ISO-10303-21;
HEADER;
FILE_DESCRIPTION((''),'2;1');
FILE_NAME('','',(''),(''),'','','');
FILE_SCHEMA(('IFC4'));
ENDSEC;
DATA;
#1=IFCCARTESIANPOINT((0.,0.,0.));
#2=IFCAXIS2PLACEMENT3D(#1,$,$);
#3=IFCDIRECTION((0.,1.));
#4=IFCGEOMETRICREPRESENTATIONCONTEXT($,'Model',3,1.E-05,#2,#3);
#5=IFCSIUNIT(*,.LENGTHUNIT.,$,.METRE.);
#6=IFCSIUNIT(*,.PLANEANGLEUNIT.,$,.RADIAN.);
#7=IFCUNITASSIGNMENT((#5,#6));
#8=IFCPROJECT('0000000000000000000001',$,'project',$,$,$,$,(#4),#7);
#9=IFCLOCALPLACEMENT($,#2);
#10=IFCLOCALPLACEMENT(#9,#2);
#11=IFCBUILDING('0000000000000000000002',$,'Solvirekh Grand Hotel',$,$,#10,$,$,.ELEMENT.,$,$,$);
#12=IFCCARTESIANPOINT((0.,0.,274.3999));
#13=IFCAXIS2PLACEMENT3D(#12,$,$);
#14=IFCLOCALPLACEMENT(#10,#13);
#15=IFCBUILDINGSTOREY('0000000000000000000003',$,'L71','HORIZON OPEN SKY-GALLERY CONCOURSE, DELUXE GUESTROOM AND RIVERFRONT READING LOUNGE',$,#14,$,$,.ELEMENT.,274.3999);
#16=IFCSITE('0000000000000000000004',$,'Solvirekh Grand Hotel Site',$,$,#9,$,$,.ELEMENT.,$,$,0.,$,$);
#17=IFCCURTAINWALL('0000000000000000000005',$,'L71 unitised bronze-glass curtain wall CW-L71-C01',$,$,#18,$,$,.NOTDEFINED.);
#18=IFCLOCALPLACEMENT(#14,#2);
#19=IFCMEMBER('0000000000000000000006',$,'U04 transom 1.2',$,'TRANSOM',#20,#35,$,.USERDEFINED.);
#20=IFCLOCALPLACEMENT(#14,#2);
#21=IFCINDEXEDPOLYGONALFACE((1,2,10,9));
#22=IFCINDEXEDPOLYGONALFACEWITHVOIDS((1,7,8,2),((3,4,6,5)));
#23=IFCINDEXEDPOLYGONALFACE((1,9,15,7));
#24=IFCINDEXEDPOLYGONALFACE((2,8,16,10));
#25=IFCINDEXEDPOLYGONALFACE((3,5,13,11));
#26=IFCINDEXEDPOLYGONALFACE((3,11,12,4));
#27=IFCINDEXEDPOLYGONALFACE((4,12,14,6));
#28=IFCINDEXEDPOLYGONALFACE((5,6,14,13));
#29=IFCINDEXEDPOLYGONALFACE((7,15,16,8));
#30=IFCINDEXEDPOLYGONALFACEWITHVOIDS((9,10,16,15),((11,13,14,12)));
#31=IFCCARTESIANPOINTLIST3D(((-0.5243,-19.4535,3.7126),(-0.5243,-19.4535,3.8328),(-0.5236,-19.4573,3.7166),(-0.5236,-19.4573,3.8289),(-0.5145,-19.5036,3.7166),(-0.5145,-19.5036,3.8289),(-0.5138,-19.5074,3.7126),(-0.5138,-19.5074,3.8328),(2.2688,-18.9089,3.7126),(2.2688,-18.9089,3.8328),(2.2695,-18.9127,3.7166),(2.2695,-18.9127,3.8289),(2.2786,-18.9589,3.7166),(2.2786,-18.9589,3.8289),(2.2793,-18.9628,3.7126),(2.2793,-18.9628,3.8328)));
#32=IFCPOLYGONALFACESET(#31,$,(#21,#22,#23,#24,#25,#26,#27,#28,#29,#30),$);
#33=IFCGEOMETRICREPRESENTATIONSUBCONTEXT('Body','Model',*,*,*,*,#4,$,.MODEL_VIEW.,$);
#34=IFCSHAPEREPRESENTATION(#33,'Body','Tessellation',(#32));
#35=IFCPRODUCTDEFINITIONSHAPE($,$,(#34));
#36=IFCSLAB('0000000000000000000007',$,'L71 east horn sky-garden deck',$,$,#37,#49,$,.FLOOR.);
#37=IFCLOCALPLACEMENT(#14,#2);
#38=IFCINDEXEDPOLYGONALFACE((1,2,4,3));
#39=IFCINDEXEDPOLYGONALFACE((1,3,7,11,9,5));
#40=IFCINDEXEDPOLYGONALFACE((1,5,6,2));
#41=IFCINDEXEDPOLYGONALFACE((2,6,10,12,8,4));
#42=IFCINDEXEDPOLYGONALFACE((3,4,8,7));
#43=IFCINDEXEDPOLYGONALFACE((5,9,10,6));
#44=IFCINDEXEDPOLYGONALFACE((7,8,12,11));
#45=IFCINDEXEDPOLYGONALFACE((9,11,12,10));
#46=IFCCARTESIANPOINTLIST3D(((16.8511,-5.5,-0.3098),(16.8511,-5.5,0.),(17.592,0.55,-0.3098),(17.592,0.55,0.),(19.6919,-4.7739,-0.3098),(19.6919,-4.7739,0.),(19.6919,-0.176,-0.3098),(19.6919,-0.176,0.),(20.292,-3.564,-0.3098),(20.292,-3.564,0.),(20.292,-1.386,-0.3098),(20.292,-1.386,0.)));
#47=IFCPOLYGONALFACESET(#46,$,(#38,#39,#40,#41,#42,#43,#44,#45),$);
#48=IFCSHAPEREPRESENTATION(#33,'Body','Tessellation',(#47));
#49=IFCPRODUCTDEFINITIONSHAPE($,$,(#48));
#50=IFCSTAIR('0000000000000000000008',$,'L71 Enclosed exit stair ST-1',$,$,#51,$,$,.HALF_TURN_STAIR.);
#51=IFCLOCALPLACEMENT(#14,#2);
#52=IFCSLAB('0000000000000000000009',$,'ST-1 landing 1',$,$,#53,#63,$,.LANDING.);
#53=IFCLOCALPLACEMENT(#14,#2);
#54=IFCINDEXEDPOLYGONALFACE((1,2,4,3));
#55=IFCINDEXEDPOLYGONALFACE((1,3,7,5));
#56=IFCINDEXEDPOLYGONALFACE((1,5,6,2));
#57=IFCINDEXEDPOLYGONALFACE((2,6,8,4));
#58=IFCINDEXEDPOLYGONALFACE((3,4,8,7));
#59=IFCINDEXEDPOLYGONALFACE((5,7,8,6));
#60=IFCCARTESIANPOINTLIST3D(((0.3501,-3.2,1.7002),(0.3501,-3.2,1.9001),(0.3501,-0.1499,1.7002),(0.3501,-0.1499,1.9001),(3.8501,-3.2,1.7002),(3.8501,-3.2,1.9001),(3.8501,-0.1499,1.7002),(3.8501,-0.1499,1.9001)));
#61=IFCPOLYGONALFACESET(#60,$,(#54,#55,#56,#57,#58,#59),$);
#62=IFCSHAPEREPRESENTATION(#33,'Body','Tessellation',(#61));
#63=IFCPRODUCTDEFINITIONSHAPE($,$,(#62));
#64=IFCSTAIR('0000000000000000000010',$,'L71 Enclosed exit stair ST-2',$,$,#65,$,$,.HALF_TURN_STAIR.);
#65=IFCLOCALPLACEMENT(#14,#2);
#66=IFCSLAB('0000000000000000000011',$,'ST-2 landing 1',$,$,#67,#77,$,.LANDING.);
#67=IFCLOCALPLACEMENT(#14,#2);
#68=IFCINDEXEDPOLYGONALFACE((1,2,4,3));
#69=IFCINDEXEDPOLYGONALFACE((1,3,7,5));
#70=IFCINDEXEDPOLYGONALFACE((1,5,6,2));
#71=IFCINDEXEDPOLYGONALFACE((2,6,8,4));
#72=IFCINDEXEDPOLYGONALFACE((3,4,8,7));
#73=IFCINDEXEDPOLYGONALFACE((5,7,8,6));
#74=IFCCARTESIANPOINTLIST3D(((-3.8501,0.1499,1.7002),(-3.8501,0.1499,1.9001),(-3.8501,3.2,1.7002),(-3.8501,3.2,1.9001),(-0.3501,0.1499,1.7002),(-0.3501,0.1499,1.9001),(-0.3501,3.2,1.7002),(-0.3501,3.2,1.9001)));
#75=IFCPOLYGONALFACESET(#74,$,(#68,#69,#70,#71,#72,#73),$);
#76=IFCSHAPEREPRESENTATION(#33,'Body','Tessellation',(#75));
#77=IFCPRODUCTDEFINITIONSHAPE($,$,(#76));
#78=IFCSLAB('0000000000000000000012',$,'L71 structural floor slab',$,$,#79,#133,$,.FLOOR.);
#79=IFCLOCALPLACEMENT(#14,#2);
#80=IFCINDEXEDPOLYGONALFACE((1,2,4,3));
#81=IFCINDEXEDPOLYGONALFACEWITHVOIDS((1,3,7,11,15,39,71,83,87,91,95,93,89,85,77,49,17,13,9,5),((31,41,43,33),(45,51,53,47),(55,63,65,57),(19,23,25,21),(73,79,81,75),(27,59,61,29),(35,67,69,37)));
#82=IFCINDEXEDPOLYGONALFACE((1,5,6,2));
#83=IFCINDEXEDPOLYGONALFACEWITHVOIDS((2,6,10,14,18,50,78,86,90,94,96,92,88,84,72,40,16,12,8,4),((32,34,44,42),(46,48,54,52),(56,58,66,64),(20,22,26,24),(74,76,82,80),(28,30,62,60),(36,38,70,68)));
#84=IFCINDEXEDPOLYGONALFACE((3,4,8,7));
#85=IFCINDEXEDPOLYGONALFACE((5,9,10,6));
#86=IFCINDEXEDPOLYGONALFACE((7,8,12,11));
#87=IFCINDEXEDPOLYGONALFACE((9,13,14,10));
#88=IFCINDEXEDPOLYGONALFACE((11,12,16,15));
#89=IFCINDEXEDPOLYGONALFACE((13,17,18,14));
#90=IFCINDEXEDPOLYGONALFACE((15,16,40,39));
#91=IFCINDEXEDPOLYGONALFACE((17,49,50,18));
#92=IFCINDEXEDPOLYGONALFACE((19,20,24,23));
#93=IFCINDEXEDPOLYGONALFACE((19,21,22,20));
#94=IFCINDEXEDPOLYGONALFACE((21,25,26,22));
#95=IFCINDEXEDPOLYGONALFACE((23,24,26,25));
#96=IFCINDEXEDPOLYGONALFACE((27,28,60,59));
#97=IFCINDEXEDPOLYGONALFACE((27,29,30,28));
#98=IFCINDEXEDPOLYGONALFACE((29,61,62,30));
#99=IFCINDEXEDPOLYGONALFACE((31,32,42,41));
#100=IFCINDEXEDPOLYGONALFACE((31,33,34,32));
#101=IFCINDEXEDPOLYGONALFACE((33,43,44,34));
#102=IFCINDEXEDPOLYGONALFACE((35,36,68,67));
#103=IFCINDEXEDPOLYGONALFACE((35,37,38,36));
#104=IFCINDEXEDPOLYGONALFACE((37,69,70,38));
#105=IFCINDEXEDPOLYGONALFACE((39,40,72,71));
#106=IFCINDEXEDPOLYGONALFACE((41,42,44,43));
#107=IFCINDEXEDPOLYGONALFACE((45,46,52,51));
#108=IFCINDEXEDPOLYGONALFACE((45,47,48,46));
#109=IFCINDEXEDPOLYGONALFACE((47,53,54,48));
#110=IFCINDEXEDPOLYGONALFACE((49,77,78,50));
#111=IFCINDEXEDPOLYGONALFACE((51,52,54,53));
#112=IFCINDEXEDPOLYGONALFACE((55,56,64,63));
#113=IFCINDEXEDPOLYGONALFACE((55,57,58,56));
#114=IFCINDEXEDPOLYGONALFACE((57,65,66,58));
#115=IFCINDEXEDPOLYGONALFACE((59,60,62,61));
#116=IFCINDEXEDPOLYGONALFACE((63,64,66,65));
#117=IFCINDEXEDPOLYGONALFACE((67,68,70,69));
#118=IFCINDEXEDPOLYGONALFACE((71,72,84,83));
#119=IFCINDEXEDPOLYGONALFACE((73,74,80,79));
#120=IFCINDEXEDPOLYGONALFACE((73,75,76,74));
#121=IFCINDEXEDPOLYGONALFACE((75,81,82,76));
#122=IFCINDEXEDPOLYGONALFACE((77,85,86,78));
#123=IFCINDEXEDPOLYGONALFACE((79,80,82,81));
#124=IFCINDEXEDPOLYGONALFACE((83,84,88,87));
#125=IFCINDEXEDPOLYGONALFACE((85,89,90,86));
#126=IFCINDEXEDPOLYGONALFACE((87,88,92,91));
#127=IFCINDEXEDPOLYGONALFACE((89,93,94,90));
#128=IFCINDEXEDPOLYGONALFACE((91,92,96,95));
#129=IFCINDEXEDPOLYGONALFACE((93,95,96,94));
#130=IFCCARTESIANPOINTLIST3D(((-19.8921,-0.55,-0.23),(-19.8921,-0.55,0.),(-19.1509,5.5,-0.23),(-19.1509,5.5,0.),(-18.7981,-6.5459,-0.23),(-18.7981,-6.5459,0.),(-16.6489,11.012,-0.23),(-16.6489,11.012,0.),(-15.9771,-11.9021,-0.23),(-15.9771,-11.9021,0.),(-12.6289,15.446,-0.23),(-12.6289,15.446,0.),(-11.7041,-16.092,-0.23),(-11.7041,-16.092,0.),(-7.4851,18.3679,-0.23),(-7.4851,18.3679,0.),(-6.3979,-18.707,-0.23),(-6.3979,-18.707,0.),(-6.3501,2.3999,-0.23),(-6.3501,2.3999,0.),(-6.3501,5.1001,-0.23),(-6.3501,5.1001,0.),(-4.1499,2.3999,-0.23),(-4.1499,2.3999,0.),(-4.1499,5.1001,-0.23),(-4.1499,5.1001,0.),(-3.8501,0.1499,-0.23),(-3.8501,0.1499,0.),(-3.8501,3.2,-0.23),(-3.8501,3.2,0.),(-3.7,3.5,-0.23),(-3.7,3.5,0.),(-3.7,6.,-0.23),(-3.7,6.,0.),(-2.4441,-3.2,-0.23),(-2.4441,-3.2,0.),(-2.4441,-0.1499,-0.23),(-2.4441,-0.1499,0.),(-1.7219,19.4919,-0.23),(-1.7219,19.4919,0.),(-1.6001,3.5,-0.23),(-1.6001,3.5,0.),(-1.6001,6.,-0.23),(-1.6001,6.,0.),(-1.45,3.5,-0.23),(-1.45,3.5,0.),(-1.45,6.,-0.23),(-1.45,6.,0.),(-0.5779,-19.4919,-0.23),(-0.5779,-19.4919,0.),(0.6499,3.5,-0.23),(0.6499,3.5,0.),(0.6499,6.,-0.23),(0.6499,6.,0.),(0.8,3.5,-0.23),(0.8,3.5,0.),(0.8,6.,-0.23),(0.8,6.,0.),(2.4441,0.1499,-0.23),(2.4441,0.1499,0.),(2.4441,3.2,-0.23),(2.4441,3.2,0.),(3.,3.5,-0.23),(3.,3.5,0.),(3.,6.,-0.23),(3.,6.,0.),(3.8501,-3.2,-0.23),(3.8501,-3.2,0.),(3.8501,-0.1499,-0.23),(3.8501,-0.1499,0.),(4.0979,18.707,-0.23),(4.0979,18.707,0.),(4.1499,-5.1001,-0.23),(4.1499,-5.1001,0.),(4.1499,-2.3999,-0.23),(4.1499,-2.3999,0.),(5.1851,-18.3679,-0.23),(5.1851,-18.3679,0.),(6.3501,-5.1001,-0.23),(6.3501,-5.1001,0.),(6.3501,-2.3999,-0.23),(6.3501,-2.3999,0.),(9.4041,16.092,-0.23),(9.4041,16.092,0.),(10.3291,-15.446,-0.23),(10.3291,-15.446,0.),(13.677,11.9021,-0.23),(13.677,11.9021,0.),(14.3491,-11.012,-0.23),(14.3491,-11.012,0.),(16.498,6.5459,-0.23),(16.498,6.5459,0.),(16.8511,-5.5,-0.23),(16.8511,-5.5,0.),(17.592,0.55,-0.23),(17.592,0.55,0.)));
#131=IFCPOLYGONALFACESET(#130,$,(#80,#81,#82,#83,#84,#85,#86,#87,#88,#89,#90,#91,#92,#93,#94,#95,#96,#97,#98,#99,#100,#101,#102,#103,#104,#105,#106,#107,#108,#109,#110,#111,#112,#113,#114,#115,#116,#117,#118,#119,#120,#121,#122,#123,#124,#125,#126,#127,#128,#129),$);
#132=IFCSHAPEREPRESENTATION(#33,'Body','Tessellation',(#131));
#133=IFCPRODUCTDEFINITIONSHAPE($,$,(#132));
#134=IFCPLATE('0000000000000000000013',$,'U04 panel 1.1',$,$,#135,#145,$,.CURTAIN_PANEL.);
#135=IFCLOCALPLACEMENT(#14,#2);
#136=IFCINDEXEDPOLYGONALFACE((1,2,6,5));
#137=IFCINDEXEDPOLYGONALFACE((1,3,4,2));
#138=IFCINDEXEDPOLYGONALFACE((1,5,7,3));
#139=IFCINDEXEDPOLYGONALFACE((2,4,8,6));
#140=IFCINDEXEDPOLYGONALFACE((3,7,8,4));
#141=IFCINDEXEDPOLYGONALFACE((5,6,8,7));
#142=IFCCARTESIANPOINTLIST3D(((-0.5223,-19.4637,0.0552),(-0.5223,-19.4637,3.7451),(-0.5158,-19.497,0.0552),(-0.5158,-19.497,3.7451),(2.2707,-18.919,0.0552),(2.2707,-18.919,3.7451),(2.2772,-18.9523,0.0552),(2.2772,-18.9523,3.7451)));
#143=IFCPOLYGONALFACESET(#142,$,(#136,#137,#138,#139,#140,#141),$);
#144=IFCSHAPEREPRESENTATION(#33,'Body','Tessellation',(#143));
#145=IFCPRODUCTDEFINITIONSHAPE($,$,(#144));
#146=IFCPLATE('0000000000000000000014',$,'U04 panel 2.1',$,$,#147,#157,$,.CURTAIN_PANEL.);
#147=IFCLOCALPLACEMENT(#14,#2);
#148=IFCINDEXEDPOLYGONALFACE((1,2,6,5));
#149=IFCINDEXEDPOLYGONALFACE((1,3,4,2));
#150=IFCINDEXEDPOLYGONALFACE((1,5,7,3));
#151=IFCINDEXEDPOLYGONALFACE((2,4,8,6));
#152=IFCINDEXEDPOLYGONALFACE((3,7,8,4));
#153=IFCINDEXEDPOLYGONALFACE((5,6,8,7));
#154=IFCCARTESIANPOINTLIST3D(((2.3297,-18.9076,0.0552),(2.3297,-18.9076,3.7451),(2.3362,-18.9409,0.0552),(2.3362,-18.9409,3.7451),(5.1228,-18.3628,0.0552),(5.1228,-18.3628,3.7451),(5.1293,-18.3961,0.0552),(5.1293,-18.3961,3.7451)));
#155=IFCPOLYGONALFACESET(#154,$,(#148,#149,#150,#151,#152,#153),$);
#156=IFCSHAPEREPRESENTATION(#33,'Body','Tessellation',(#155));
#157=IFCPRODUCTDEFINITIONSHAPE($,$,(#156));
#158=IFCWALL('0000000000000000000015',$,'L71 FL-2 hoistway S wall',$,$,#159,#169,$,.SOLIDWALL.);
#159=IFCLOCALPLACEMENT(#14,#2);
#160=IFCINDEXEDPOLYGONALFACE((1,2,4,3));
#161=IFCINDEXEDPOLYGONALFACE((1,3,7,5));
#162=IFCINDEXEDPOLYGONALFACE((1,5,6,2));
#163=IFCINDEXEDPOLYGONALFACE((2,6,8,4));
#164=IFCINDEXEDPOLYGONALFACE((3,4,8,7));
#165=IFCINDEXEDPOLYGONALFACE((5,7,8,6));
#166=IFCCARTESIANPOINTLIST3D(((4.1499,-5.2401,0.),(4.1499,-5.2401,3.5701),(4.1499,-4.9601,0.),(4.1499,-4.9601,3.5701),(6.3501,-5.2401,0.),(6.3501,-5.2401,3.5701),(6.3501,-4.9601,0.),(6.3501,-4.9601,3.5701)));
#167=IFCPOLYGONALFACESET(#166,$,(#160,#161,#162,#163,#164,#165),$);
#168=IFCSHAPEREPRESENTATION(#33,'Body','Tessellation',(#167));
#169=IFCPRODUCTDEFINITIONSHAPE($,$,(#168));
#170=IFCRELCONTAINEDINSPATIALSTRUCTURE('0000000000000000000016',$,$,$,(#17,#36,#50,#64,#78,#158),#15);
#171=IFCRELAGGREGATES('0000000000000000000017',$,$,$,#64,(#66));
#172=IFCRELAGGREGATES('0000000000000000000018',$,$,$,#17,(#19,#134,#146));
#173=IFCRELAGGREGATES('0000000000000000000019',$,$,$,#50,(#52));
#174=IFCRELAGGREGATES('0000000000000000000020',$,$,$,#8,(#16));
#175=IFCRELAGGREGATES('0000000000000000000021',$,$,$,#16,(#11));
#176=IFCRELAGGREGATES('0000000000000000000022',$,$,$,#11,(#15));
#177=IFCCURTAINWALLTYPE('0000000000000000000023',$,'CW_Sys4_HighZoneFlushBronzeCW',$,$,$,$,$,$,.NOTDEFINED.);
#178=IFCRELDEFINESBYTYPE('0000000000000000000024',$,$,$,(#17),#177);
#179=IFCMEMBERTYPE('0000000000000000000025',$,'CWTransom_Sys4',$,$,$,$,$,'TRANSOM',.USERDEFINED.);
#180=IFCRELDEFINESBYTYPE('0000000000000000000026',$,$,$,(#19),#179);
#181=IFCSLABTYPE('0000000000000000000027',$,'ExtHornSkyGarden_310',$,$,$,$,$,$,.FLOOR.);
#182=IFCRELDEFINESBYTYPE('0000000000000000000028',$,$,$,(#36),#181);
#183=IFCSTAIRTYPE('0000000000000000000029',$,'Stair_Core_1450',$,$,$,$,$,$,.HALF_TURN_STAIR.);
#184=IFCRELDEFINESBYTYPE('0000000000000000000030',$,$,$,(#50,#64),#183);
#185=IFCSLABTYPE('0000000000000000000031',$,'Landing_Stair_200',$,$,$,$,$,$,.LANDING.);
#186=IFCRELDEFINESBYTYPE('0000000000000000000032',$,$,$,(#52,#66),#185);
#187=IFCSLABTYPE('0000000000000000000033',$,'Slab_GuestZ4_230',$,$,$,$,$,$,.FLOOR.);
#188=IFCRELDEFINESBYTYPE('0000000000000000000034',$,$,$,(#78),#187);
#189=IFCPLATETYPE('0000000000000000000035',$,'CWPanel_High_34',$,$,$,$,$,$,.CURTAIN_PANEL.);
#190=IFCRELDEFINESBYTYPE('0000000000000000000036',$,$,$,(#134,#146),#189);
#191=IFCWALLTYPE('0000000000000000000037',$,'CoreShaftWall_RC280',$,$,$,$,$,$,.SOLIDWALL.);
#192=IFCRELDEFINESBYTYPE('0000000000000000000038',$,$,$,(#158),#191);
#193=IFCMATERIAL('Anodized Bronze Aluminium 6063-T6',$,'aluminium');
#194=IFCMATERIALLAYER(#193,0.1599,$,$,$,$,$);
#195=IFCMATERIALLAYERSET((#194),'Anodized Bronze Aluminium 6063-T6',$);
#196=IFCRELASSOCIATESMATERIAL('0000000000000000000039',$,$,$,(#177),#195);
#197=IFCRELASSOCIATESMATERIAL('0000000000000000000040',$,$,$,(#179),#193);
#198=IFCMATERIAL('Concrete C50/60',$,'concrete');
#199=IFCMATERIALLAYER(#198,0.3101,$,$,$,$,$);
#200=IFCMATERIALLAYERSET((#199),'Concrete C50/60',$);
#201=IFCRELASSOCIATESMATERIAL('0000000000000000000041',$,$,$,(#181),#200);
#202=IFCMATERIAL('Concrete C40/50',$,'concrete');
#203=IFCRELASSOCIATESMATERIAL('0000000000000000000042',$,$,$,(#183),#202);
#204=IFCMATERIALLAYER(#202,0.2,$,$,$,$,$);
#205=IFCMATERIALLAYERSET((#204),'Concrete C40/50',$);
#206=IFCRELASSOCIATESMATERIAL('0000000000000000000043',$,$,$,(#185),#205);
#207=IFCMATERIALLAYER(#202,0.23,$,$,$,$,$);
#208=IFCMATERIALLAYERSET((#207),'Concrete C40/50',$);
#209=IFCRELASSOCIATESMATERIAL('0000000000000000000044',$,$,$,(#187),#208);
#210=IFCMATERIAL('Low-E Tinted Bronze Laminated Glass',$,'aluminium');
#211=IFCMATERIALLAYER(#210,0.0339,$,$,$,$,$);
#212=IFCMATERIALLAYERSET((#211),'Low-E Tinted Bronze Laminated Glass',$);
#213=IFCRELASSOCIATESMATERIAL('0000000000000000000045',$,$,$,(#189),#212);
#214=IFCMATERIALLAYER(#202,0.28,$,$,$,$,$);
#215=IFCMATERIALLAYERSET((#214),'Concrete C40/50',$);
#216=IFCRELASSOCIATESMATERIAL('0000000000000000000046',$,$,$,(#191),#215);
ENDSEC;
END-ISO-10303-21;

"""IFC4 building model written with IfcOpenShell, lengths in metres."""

from ifc_helpers import new_model, si_unit, direction, frame, frame_2d, origin, origin_2d, place, context, subcontext, project, spatial, polyline, rectangle, hollow_rectangle, outline, extrude, source, transform, mapped, material, layer, layer_set, material_profile, profile_set, type_object, element, aggregate, save


model = new_model("IFC4")

# Units and contexts
model_context = context("Model", 3, precision=1e-05, world=origin(), true_north=direction((0.0, 1.0)))
body_context = subcontext(model_context, "Body", "Model", "MODEL_VIEW")
ifc_project = project(units=[si_unit("LENGTHUNIT", "METRE"), si_unit("PLANEANGLEUNIT", "RADIAN")], contexts=[model_context])

# Site, building, storey
site_placement = place(None, origin())
site = spatial("IfcSite", under=ifc_project, at=site_placement, Name="Solvirekh Grand Hotel Site", CompositionType="ELEMENT", RefElevation=0.0)
building_placement = place(site_placement, origin())
building = spatial("IfcBuilding", under=site, at=building_placement, Name="Solvirekh Grand Hotel", CompositionType="ELEMENT")
storey_placement = place(building_placement, frame((0.0, 0.0, 274.3999)))
storey = spatial("IfcBuildingStorey", under=building, at=storey_placement, Name="L71", Description="HORIZON OPEN SKY-GALLERY CONCOURSE, DELUXE GUESTROOM AND RIVERFRONT READING LOUNGE", CompositionType="ELEMENT", Elevation=274.3999)

# Shared definitions
ifc_material_1 = material(Name="Concrete C50/60", Category="concrete")

# Curtain wall, member
ifc_material_2 = material(Name="Anodized Bronze Aluminium 6063-T6", Category="aluminium")
ifc_layer_1 = layer(ifc_material_2, 0.1599)
ifc_layer_set_1 = layer_set([ifc_layer_1], Name="Anodized Bronze Aluminium 6063-T6")
curtain_wall_type = type_object("IfcCurtainWallType", Name="CW_Sys4_HighZoneFlushBronzeCW", PredefinedType="NOTDEFINED", material=ifc_layer_set_1)
curtain_wall_placement = place(storey_placement, origin())
curtain_wall = element("IfcCurtainWall", 1, at=curtain_wall_placement, inside=storey, type_object=curtain_wall_type, Name="L71 unitised bronze-glass curtain wall CW-L71-C01", PredefinedType="NOTDEFINED")
ifc_material_profile_1 = material_profile(ifc_material_2, hollow_rectangle(XDim=0.0549, YDim=0.1201, WallThickness=0.0039, at=origin_2d()), Name="ALU RHS 120X55X4")
ifc_profile_set_1 = profile_set([ifc_material_profile_1], Name="Anodized Bronze Aluminium 6063-T6")
member_type_1 = type_object("IfcMemberType", Name="CWTransom_Sys4", ElementType="TRANSOM", PredefinedType="USERDEFINED", material=ifc_profile_set_1)
shared_shape_1 = source(origin(), body_context, "Body", "SweptSolid", [
    extrude(hollow_rectangle(XDim=0.0549, YDim=0.1201, WallThickness=0.0039, at=origin_2d()), origin(), (0.0, 0.0, 1.0), 2.8457),
])
member_1_placement = place(storey_placement, frame((-0.519, -19.4805, 3.7727), z_axis=(0.981513, 0.191395, 0.0), x_axis=(-0.191395, 0.981513, 0.0)))
member_1 = element("IfcMember", 2, at=member_1_placement, type_object=member_type_1, Name="U04 transom 1.2", ObjectType="TRANSOM", PredefinedType="USERDEFINED", context=body_context, shape_type="MappedRepresentation", body=[
    mapped(shared_shape_1, transform((0.0, 0.0, 0.0), x_axis=(1.0, 0.0, 0.0), y_axis=(0.0, 1.0, 0.0), z_axis=(0.0, 0.0, 1.0), scale=1.0)),
])

# Slab
ifc_layer_2 = layer(ifc_material_1, 0.3101)
ifc_layer_set_2 = layer_set([ifc_layer_2], Name="Concrete C50/60")
slab_type_1 = type_object("IfcSlabType", Name="ExtHornSkyGarden_310", PredefinedType="FLOOR", material=ifc_layer_set_2)
slab_1_placement = place(storey_placement, frame((0.0, 0.0, -0.3098)))
element("IfcSlab", 3, at=slab_1_placement, inside=storey, type_object=slab_type_1, Name="L71 east horn sky-garden deck", PredefinedType="FLOOR", context=body_context, shape_type="SweptSolid", body=[
    extrude(outline(polyline([(17.592, 0.55), (16.8511, -5.5), (19.6919, -4.7739), (20.292, -3.564), (20.292, -1.386), (19.6919, -0.176), (17.592, 0.55)])), origin(), (0.0, 0.0, 1.0), 0.3098),
])

# Stairs, slabs
ifc_material_3 = material(Name="Concrete C40/50", Category="concrete")
stair_type = type_object("IfcStairType", Name="Stair_Core_1450", PredefinedType="HALF_TURN_STAIR", material=ifc_material_3)
stair_1_placement = place(storey_placement, origin())
stair_1 = element("IfcStair", 4, at=stair_1_placement, inside=storey, type_object=stair_type, Name="L71 Enclosed exit stair ST-1", PredefinedType="HALF_TURN_STAIR")
ifc_layer_3 = layer(ifc_material_3, 0.2)
ifc_layer_set_3 = layer_set([ifc_layer_3], Name="Concrete C40/50")
slab_type_2 = type_object("IfcSlabType", Name="Landing_Stair_200", PredefinedType="LANDING", material=ifc_layer_set_3)
slab_2_placement = place(storey_placement, frame((0.0, 0.0, 1.7002)))
slab_2 = element("IfcSlab", 5, at=slab_2_placement, type_object=slab_type_2, Name="ST-1 landing 1", PredefinedType="LANDING", context=body_context, shape_type="SweptSolid", body=[
    extrude(outline(polyline([(0.3501, -3.2), (3.8501, -3.2), (3.8501, -0.1499), (0.3501, -0.1499), (0.3501, -3.2)])), origin(), (0.0, 0.0, 1.0), 0.2),
])
stair_2_placement = place(storey_placement, origin())
stair_2 = element("IfcStair", 6, at=stair_2_placement, inside=storey, type_object=stair_type, Name="L71 Enclosed exit stair ST-2", PredefinedType="HALF_TURN_STAIR")
slab_3_placement = place(storey_placement, frame((0.0, 0.0, 1.7002)))
slab_3 = element("IfcSlab", 7, at=slab_3_placement, type_object=slab_type_2, Name="ST-2 landing 1", PredefinedType="LANDING", context=body_context, shape_type="SweptSolid", body=[
    extrude(outline(polyline([(-0.3501, 3.2), (-3.8501, 3.2), (-3.8501, 0.1499), (-0.3501, 0.1499), (-0.3501, 3.2)])), origin(), (0.0, 0.0, 1.0), 0.2),
])
aggregate(stair_2, [slab_3])

# Slab
ifc_layer_4 = layer(ifc_material_3, 0.23)
ifc_layer_set_4 = layer_set([ifc_layer_4], Name="Concrete C40/50")
slab_type_3 = type_object("IfcSlabType", Name="Slab_GuestZ4_230", PredefinedType="FLOOR", material=ifc_layer_set_4)
slab_4_placement = place(storey_placement, frame((0.0, 0.0, -0.23)))
element("IfcSlab", 8, at=slab_4_placement, inside=storey, type_object=slab_type_3, Name="L71 structural floor slab", PredefinedType="FLOOR", context=body_context, shape_type="SweptSolid", body=[
    extrude(outline(polyline([(-0.5779, -19.4919), (5.1851, -18.3679), (10.3291, -15.446), (14.3491, -11.012), (16.8511, -5.5), (17.592, 0.55), (16.498, 6.5459), (13.677, 11.9021), (9.4041, 16.092), (4.0979, 18.707), (-1.7219, 19.4919), (-7.4851, 18.3679), (-12.6289, 15.446), (-16.6489, 11.012), (-19.1509, 5.5), (-19.8921, -0.55), (-18.7981, -6.5459), (-15.9771, -11.9021), (-11.7041, -16.092), (-6.3979, -18.707), (-0.5779, -19.4919)]), holes=[polyline([(-2.4441, -0.1499), (3.8501, -0.1499), (3.8501, -3.2), (-2.4441, -3.2), (-2.4441, -0.1499)]), polyline([(2.4441, 0.1499), (-3.8501, 0.1499), (-3.8501, 3.2), (2.4441, 3.2), (2.4441, 0.1499)]), polyline([(-3.7, 6.0), (-1.6001, 6.0), (-1.6001, 3.5), (-3.7, 3.5), (-3.7, 6.0)]), polyline([(-1.45, 6.0), (0.6499, 6.0), (0.6499, 3.5), (-1.45, 3.5), (-1.45, 6.0)]), polyline([(0.8, 6.0), (3.0, 6.0), (3.0, 3.5), (0.8, 3.5), (0.8, 6.0)]), polyline([(-6.3501, 5.1001), (-4.1499, 5.1001), (-4.1499, 2.3999), (-6.3501, 2.3999), (-6.3501, 5.1001)]), polyline([(4.1499, -2.3999), (6.3501, -2.3999), (6.3501, -5.1001), (4.1499, -5.1001), (4.1499, -2.3999)])]), origin(), (0.0, 0.0, 1.0), 0.23),
])

# Plates
ifc_material_4 = material(Name="Low-E Tinted Bronze Laminated Glass", Category="aluminium")
ifc_layer_5 = layer(ifc_material_4, 0.0339)
ifc_layer_set_5 = layer_set([ifc_layer_5], Name="Low-E Tinted Bronze Laminated Glass")
plate_type = type_object("IfcPlateType", Name="CWPanel_High_34", PredefinedType="CURTAIN_PANEL", material=ifc_layer_set_5)
shared_shape_2 = source(origin(), body_context, "Body", "SweptSolid", [
    extrude(rectangle(XDim=2.8457, YDim=0.0339, at=origin_2d()), origin(), (0.0, 0.0, 1.0), 3.6899),
])
plate_1_placement = place(storey_placement, frame((0.8774, -19.208, 0.0552), z_axis=(0.0, 0.0, 1.0), x_axis=(0.981506, 0.19143, 0.0)))
plate_1 = element("IfcPlate", 9, at=plate_1_placement, type_object=plate_type, Name="U04 panel 1.1", PredefinedType="CURTAIN_PANEL", context=body_context, shape_type="MappedRepresentation", body=[
    mapped(shared_shape_2, transform((0.0, 0.0, 0.0), x_axis=(1.0, 0.0, 0.0), y_axis=(0.0, 1.0, 0.0), z_axis=(0.0, 0.0, 1.0), scale=1.0)),
])
plate_2_placement = place(storey_placement, frame((3.7295, -18.6519, 0.0552), z_axis=(0.0, 0.0, 1.0), x_axis=(0.981506, 0.19143, 0.0)))
plate_2 = element("IfcPlate", 10, at=plate_2_placement, type_object=plate_type, Name="U04 panel 2.1", PredefinedType="CURTAIN_PANEL", context=body_context, shape_type="MappedRepresentation", body=[
    mapped(shared_shape_2, transform((0.0, 0.0, 0.0), x_axis=(1.0, 0.0, 0.0), y_axis=(0.0, 1.0, 0.0), z_axis=(0.0, 0.0, 1.0), scale=1.0)),
])
aggregate(curtain_wall, [member_1, plate_1, plate_2])

# Wall
ifc_layer_6 = layer(ifc_material_3, 0.28)
ifc_layer_set_6 = layer_set([ifc_layer_6], Name="Concrete C40/50")
wall_type_1 = type_object("IfcWallType", Name="CoreShaftWall_RC280", PredefinedType="SOLIDWALL", material=ifc_layer_set_6)
wall_1_placement = place(storey_placement, frame((4.1499, -5.1001, 0.0), z_axis=(0.0, 0.0, 1.0), x_axis=(1.0, 0.0, 0.0)))
element("IfcWall", 11, at=wall_1_placement, inside=storey, type_object=wall_type_1, Name="L71 FL-2 hoistway S wall", PredefinedType="SOLIDWALL", context=body_context, shape_type="SweptSolid", body=[
    extrude(rectangle(XDim=2.2002, YDim=0.28, at=frame_2d((1.1001, 0.0))), origin(), (0.0, 0.0, 1.0), 3.5701),
])

aggregate(stair_1, [slab_2])

save(model, "model.ifc")
